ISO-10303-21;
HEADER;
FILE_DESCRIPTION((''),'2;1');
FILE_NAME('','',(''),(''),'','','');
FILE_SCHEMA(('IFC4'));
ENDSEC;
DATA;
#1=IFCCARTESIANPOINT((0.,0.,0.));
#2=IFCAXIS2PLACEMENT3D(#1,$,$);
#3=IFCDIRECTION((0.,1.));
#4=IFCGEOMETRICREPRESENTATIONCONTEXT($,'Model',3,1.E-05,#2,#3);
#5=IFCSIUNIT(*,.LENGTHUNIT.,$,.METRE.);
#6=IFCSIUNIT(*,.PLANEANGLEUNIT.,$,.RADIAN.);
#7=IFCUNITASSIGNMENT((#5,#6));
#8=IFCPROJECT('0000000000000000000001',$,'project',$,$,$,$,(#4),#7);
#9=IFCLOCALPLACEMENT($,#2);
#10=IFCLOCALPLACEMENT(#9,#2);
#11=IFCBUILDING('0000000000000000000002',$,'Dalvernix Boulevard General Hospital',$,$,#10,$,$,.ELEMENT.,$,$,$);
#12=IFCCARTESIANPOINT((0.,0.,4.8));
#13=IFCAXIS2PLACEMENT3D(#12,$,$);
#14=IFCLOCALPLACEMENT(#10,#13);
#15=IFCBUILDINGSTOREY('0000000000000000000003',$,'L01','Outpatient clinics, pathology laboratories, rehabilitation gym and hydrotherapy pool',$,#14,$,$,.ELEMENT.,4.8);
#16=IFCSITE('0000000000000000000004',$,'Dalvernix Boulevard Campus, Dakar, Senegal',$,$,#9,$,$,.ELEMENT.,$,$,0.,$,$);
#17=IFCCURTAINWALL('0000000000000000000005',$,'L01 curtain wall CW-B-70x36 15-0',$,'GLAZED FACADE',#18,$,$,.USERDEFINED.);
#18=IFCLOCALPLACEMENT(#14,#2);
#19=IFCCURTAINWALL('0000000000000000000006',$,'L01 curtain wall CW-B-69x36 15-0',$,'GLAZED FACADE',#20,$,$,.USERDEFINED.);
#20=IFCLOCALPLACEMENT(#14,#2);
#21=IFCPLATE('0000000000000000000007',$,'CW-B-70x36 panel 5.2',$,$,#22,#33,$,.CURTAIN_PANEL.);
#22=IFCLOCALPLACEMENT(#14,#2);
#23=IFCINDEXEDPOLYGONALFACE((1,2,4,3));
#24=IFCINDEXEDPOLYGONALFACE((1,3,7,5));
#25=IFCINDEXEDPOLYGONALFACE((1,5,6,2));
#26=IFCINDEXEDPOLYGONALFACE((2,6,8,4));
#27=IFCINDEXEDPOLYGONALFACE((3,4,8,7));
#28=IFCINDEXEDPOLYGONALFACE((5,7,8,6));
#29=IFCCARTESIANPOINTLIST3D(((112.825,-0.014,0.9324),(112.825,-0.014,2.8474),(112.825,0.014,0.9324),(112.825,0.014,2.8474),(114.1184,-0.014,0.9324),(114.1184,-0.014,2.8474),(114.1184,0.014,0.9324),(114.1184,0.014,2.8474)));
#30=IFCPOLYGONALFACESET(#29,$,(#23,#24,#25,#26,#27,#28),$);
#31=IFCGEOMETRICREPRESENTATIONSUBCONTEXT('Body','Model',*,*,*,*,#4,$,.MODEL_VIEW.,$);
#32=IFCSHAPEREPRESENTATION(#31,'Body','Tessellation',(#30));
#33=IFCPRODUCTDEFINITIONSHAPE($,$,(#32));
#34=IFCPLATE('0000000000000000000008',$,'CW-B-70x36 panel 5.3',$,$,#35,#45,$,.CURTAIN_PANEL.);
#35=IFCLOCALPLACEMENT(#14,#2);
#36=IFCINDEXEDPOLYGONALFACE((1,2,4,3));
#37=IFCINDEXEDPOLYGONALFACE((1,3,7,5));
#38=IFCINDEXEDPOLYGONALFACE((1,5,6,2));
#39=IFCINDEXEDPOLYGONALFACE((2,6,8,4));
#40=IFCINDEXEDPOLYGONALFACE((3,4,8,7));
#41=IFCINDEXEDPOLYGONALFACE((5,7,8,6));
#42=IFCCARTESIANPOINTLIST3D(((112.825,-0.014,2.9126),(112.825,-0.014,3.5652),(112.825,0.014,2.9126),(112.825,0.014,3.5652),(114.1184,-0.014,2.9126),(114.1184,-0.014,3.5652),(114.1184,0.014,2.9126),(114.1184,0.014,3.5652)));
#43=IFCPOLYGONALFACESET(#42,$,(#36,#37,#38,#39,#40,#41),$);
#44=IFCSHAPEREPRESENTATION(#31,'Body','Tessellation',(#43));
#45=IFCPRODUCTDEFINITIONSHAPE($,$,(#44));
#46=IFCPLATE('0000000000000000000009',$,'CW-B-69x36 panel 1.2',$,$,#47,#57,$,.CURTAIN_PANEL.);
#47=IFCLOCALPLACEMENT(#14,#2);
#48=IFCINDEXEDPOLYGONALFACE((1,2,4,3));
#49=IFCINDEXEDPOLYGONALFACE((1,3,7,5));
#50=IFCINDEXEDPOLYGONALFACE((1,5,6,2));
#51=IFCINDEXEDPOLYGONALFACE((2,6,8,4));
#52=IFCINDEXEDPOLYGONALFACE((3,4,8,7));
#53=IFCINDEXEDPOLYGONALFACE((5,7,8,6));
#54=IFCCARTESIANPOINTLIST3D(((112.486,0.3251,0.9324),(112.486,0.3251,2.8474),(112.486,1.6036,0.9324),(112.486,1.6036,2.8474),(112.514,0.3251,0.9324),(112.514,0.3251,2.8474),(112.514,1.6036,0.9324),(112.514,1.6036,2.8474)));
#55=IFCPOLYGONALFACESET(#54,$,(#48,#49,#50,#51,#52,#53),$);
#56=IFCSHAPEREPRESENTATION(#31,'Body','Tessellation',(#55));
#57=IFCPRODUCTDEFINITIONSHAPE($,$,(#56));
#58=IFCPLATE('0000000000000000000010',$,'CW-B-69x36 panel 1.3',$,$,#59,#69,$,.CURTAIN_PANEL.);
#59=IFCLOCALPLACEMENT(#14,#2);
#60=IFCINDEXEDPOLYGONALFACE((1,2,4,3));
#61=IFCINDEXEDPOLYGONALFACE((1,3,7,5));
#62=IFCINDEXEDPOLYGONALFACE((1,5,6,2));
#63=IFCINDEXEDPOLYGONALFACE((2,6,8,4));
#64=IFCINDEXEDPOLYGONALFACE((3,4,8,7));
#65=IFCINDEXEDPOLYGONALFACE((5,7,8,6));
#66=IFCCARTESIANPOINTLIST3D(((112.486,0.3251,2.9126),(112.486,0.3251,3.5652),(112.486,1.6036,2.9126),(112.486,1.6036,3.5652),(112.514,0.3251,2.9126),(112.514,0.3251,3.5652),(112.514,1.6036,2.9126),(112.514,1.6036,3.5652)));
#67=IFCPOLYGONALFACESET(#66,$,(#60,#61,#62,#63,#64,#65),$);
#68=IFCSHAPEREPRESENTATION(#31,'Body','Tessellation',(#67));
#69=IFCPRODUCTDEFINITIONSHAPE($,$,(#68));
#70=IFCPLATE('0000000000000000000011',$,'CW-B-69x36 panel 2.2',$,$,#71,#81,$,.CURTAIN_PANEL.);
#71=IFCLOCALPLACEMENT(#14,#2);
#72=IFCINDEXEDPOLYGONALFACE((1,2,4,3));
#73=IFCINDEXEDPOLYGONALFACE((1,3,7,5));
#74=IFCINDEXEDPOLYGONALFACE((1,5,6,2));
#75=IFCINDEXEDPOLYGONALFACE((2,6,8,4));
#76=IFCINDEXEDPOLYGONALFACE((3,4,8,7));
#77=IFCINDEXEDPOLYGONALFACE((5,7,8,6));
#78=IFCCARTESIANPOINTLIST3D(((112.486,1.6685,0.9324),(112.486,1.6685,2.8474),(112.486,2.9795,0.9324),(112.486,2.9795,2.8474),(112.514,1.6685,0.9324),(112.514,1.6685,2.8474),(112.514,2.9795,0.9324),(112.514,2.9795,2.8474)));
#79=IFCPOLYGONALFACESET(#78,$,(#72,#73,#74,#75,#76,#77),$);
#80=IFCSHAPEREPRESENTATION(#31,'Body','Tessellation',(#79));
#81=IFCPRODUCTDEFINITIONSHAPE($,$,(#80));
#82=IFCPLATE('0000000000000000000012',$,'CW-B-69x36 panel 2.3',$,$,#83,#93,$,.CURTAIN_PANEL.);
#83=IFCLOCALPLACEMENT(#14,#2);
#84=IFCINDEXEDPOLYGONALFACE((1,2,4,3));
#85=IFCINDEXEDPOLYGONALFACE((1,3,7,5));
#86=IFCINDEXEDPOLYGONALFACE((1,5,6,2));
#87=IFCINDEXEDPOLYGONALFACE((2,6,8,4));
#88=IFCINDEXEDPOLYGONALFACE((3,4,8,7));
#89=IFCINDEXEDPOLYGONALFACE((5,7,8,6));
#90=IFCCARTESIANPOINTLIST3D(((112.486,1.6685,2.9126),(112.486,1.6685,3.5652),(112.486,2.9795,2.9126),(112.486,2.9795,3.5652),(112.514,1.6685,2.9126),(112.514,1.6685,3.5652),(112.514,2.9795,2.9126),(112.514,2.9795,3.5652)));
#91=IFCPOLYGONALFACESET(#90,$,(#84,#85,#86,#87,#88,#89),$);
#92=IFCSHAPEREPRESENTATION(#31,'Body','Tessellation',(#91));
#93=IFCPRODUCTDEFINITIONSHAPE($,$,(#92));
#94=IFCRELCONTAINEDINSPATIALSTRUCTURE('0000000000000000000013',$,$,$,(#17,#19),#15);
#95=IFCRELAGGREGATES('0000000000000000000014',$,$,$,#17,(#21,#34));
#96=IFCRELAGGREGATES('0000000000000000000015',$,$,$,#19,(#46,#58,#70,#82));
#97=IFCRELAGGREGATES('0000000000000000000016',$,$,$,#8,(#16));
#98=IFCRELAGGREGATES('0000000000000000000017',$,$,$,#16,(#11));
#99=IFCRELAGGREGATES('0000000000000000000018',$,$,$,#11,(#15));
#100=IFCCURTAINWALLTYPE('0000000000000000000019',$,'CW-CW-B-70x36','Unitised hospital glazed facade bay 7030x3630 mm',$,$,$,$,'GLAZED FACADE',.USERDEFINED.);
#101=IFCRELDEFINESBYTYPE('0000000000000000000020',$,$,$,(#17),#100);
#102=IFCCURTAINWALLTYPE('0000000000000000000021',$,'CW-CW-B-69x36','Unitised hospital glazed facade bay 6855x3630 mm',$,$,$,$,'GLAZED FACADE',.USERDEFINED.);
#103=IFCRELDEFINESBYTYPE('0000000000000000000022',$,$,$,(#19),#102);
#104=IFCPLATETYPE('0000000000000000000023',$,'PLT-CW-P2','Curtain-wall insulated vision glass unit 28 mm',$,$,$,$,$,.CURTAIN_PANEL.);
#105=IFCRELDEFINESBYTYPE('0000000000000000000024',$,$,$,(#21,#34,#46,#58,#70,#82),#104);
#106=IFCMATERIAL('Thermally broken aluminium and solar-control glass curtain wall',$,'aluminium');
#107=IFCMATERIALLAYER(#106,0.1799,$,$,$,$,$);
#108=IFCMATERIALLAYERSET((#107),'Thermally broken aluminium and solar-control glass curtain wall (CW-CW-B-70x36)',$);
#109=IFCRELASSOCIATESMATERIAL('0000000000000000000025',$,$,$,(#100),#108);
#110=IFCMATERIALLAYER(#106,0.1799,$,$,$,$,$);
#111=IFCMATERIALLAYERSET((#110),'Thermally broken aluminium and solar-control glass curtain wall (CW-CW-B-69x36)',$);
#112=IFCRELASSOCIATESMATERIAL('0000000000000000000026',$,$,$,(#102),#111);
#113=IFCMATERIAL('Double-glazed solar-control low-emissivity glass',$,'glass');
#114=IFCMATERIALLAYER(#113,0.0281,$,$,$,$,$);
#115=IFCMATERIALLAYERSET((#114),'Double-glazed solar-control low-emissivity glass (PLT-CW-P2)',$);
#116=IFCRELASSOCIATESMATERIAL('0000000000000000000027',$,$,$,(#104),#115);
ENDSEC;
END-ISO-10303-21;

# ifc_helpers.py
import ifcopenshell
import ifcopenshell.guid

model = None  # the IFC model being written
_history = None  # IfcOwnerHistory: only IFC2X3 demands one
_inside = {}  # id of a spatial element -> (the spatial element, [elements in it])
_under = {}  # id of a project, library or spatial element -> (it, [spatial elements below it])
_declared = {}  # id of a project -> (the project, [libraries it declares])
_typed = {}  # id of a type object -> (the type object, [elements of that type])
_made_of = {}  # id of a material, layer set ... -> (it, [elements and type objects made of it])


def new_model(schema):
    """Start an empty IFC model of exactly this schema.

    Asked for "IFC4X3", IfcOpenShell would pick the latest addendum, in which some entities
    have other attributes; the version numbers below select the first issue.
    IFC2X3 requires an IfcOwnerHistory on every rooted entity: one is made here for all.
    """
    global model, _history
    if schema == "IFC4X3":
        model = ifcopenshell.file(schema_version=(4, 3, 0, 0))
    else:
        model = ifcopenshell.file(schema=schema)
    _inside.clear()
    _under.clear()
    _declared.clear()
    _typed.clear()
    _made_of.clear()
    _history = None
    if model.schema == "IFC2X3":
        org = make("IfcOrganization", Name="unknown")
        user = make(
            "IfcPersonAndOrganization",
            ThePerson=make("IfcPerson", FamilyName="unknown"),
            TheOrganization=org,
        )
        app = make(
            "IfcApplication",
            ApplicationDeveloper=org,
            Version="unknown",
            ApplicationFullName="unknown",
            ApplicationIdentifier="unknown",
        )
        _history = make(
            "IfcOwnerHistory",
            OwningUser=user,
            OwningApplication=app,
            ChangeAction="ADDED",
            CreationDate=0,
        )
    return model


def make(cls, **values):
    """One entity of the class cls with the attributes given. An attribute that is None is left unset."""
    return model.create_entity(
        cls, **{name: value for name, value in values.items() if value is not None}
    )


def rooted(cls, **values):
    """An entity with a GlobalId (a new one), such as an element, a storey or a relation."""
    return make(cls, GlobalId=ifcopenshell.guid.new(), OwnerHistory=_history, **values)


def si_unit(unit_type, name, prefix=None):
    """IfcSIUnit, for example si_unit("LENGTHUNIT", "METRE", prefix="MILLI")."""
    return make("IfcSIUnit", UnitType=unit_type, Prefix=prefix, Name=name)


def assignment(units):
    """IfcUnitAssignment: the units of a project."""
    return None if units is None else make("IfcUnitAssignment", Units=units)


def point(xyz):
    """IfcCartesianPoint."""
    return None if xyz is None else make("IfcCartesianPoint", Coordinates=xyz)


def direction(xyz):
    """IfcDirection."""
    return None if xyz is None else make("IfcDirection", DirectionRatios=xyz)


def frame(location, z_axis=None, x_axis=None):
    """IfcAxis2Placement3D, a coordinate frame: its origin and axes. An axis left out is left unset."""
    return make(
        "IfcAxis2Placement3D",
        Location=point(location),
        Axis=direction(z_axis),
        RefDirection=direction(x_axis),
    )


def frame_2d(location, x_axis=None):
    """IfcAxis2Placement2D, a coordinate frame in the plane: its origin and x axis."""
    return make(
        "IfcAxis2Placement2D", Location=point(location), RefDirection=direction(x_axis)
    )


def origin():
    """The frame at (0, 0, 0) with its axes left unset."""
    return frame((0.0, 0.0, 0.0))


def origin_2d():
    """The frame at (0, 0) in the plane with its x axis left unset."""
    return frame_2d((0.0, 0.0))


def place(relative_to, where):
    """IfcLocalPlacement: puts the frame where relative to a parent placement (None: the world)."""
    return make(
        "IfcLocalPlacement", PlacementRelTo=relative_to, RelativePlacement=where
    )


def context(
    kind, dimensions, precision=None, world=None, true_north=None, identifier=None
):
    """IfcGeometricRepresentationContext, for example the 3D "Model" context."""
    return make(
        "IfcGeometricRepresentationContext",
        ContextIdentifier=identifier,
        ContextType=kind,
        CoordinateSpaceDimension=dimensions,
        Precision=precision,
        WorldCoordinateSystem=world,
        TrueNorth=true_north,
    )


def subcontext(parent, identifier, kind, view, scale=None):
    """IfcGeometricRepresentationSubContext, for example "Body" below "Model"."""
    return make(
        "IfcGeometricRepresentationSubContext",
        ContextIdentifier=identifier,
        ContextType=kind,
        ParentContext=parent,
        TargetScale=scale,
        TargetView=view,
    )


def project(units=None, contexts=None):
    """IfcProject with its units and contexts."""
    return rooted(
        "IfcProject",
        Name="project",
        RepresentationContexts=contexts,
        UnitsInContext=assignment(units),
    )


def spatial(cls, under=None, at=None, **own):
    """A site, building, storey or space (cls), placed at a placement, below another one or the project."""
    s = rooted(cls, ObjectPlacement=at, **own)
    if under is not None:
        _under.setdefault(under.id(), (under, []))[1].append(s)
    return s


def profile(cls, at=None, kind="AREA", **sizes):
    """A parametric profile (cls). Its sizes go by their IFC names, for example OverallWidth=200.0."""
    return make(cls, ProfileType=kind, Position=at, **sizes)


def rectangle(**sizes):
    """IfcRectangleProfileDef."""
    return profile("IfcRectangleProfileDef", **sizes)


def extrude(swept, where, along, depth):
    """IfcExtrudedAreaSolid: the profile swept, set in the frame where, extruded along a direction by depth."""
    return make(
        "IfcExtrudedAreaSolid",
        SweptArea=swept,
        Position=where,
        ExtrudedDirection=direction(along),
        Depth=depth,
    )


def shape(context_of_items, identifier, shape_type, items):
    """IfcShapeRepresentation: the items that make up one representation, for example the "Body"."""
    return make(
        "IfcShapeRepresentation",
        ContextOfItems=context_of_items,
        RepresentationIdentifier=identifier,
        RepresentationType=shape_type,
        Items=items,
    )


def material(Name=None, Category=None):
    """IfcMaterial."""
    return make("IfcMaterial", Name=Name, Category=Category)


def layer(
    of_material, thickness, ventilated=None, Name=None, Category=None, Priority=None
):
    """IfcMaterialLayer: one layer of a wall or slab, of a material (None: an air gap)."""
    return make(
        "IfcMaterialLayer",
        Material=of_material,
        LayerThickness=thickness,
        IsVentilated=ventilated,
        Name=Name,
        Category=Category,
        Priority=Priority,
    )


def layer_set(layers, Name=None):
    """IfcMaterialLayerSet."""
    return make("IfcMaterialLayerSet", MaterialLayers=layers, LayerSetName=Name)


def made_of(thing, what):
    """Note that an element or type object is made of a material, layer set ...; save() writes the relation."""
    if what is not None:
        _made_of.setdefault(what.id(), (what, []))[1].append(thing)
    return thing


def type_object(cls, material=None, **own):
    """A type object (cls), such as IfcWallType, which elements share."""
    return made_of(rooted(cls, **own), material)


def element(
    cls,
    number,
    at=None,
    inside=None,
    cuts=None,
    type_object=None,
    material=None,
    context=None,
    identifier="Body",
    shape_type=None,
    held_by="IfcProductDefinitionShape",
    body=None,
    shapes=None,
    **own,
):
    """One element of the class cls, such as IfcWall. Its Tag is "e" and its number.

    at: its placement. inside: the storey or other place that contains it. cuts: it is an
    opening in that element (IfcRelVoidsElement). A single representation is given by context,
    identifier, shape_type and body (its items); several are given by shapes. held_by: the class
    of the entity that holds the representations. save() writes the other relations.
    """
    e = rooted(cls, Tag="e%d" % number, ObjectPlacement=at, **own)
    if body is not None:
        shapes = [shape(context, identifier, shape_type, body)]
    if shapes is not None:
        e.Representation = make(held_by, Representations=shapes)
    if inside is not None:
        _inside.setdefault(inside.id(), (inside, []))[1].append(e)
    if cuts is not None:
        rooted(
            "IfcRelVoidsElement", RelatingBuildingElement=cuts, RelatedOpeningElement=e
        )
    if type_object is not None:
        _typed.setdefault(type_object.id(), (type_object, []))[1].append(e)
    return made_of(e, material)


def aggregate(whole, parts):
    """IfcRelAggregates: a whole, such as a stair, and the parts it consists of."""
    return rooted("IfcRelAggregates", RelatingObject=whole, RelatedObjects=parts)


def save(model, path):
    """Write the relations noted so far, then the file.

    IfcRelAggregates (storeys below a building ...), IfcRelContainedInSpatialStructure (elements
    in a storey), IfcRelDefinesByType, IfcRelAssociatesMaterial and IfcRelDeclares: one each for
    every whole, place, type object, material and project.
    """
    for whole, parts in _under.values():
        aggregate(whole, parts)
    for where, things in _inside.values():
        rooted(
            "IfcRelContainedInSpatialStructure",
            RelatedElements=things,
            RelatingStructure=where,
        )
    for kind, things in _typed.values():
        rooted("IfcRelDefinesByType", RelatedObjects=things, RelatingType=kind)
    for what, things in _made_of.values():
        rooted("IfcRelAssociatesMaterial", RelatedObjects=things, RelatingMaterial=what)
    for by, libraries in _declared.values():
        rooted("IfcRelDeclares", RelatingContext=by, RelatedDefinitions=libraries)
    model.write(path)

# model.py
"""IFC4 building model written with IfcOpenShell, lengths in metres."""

from ifc_helpers import new_model, si_unit, direction, frame, origin, origin_2d, place, context, subcontext, project, spatial, rectangle, extrude, material, layer, layer_set, type_object, element, aggregate, save


model = new_model("IFC4")

# Units and contexts
model_context = context("Model", 3, precision=1e-05, world=origin(), true_north=direction((0.0, 1.0)))
body_context = subcontext(model_context, "Body", "Model", "MODEL_VIEW")
ifc_project = project(units=[si_unit("LENGTHUNIT", "METRE"), si_unit("PLANEANGLEUNIT", "RADIAN")], contexts=[model_context])

# Site, building, storey
site_placement = place(None, origin())
site = spatial("IfcSite", under=ifc_project, at=site_placement, Name="Dalvernix Boulevard Campus, Dakar, Senegal", CompositionType="ELEMENT", RefElevation=0.0)
building_placement = place(site_placement, origin())
building = spatial("IfcBuilding", under=site, at=building_placement, Name="Dalvernix Boulevard General Hospital", CompositionType="ELEMENT")
storey_placement = place(building_placement, frame((0.0, 0.0, 4.8)))
storey = spatial("IfcBuildingStorey", under=building, at=storey_placement, Name="L01", Description="Outpatient clinics, pathology laboratories, rehabilitation gym and hydrotherapy pool", CompositionType="ELEMENT", Elevation=4.8)

# Curtain walls
ifc_material_1 = material(Name="Thermally broken aluminium and solar-control glass curtain wall", Category="aluminium")
ifc_layer_1 = layer(ifc_material_1, 0.1799)
ifc_layer_set_1 = layer_set([ifc_layer_1], Name="Thermally broken aluminium and solar-control glass curtain wall (CW-CW-B-70x36)")
curtain_wall_type_1 = type_object("IfcCurtainWallType", Name="CW-CW-B-70x36", Description="Unitised hospital glazed facade bay 7030x3630 mm", ElementType="GLAZED FACADE", PredefinedType="USERDEFINED", material=ifc_layer_set_1)
curtain_wall_1_placement = place(storey_placement, origin())
curtain_wall_1 = element("IfcCurtainWall", 1, at=curtain_wall_1_placement, inside=storey, type_object=curtain_wall_type_1, Name="L01 curtain wall CW-B-70x36 15-0", ObjectType="GLAZED FACADE", PredefinedType="USERDEFINED")
ifc_layer_2 = layer(ifc_material_1, 0.1799)
ifc_layer_set_2 = layer_set([ifc_layer_2], Name="Thermally broken aluminium and solar-control glass curtain wall (CW-CW-B-69x36)")
curtain_wall_type_2 = type_object("IfcCurtainWallType", Name="CW-CW-B-69x36", Description="Unitised hospital glazed facade bay 6855x3630 mm", ElementType="GLAZED FACADE", PredefinedType="USERDEFINED", material=ifc_layer_set_2)
curtain_wall_2_placement = place(storey_placement, origin())
curtain_wall_2 = element("IfcCurtainWall", 2, at=curtain_wall_2_placement, inside=storey, type_object=curtain_wall_type_2, Name="L01 curtain wall CW-B-69x36 15-0", ObjectType="GLAZED FACADE", PredefinedType="USERDEFINED")

# Plates
ifc_material_2 = material(Name="Double-glazed solar-control low-emissivity glass", Category="glass")
ifc_layer_3 = layer(ifc_material_2, 0.0281)
ifc_layer_set_3 = layer_set([ifc_layer_3], Name="Double-glazed solar-control low-emissivity glass (PLT-CW-P2)")
plate_type = type_object("IfcPlateType", Name="PLT-CW-P2", Description="Curtain-wall insulated vision glass unit 28 mm", PredefinedType="CURTAIN_PANEL", material=ifc_layer_set_3)
plate_1_placement = place(storey_placement, frame((113.4717, 0.0, 0.9324), z_axis=(0.0, 0.0, 1.0), x_axis=(-1.0, 0.0, 0.0)))
plate_1 = element("IfcPlate", 3, at=plate_1_placement, type_object=plate_type, Name="CW-B-70x36 panel 5.2", PredefinedType="CURTAIN_PANEL", context=body_context, shape_type="SweptSolid", body=[
    extrude(rectangle(XDim=1.2935, YDim=0.0281, at=origin_2d()), origin(), (0.0, 0.0, 1.0), 1.915),
])
plate_2_placement = place(storey_placement, frame((113.4717, 0.0, 2.9126), z_axis=(0.0, 0.0, 1.0), x_axis=(-1.0, 0.0, 0.0)))
plate_2 = element("IfcPlate", 4, at=plate_2_placement, type_object=plate_type, Name="CW-B-70x36 panel 5.3", PredefinedType="CURTAIN_PANEL", context=body_context, shape_type="SweptSolid", body=[
    extrude(rectangle(XDim=1.2935, YDim=0.0281, at=origin_2d()), origin(), (0.0, 0.0, 1.0), 0.6526),
])
aggregate(curtain_wall_1, [plate_1, plate_2])
plate_3_placement = place(storey_placement, frame((112.5, 0.9644, 0.9324), z_axis=(0.0, 0.0, 1.0), x_axis=(0.0, 1.0, 0.0)))
plate_3 = element("IfcPlate", 5, at=plate_3_placement, type_object=plate_type, Name="CW-B-69x36 panel 1.2", PredefinedType="CURTAIN_PANEL", context=body_context, shape_type="SweptSolid", body=[
    extrude(rectangle(XDim=1.2786, YDim=0.0281, at=origin_2d()), origin(), (0.0, 0.0, 1.0), 1.915),
])
plate_4_placement = place(storey_placement, frame((112.5, 0.9644, 2.9126), z_axis=(0.0, 0.0, 1.0), x_axis=(0.0, 1.0, 0.0)))
plate_4 = element("IfcPlate", 6, at=plate_4_placement, type_object=plate_type, Name="CW-B-69x36 panel 1.3", PredefinedType="CURTAIN_PANEL", context=body_context, shape_type="SweptSolid", body=[
    extrude(rectangle(XDim=1.2786, YDim=0.0281, at=origin_2d()), origin(), (0.0, 0.0, 1.0), 0.6526),
])
plate_5_placement = place(storey_placement, frame((112.5, 2.324, 0.9324), z_axis=(0.0, 0.0, 1.0), x_axis=(0.0, 1.0, 0.0)))
plate_5 = element("IfcPlate", 7, at=plate_5_placement, type_object=plate_type, Name="CW-B-69x36 panel 2.2", PredefinedType="CURTAIN_PANEL", context=body_context, shape_type="SweptSolid", body=[
    extrude(rectangle(XDim=1.311, YDim=0.0281, at=origin_2d()), origin(), (0.0, 0.0, 1.0), 1.915),
])
plate_6_placement = place(storey_placement, frame((112.5, 2.324, 2.9126), z_axis=(0.0, 0.0, 1.0), x_axis=(0.0, 1.0, 0.0)))
plate_6 = element("IfcPlate", 8, at=plate_6_placement, type_object=plate_type, Name="CW-B-69x36 panel 2.3", PredefinedType="CURTAIN_PANEL", context=body_context, shape_type="SweptSolid", body=[
    extrude(rectangle(XDim=1.311, YDim=0.0281, at=origin_2d()), origin(), (0.0, 0.0, 1.0), 0.6526),
])
aggregate(curtain_wall_2, [plate_3, plate_4, plate_5, plate_6])

save(model, "model.ifc")
